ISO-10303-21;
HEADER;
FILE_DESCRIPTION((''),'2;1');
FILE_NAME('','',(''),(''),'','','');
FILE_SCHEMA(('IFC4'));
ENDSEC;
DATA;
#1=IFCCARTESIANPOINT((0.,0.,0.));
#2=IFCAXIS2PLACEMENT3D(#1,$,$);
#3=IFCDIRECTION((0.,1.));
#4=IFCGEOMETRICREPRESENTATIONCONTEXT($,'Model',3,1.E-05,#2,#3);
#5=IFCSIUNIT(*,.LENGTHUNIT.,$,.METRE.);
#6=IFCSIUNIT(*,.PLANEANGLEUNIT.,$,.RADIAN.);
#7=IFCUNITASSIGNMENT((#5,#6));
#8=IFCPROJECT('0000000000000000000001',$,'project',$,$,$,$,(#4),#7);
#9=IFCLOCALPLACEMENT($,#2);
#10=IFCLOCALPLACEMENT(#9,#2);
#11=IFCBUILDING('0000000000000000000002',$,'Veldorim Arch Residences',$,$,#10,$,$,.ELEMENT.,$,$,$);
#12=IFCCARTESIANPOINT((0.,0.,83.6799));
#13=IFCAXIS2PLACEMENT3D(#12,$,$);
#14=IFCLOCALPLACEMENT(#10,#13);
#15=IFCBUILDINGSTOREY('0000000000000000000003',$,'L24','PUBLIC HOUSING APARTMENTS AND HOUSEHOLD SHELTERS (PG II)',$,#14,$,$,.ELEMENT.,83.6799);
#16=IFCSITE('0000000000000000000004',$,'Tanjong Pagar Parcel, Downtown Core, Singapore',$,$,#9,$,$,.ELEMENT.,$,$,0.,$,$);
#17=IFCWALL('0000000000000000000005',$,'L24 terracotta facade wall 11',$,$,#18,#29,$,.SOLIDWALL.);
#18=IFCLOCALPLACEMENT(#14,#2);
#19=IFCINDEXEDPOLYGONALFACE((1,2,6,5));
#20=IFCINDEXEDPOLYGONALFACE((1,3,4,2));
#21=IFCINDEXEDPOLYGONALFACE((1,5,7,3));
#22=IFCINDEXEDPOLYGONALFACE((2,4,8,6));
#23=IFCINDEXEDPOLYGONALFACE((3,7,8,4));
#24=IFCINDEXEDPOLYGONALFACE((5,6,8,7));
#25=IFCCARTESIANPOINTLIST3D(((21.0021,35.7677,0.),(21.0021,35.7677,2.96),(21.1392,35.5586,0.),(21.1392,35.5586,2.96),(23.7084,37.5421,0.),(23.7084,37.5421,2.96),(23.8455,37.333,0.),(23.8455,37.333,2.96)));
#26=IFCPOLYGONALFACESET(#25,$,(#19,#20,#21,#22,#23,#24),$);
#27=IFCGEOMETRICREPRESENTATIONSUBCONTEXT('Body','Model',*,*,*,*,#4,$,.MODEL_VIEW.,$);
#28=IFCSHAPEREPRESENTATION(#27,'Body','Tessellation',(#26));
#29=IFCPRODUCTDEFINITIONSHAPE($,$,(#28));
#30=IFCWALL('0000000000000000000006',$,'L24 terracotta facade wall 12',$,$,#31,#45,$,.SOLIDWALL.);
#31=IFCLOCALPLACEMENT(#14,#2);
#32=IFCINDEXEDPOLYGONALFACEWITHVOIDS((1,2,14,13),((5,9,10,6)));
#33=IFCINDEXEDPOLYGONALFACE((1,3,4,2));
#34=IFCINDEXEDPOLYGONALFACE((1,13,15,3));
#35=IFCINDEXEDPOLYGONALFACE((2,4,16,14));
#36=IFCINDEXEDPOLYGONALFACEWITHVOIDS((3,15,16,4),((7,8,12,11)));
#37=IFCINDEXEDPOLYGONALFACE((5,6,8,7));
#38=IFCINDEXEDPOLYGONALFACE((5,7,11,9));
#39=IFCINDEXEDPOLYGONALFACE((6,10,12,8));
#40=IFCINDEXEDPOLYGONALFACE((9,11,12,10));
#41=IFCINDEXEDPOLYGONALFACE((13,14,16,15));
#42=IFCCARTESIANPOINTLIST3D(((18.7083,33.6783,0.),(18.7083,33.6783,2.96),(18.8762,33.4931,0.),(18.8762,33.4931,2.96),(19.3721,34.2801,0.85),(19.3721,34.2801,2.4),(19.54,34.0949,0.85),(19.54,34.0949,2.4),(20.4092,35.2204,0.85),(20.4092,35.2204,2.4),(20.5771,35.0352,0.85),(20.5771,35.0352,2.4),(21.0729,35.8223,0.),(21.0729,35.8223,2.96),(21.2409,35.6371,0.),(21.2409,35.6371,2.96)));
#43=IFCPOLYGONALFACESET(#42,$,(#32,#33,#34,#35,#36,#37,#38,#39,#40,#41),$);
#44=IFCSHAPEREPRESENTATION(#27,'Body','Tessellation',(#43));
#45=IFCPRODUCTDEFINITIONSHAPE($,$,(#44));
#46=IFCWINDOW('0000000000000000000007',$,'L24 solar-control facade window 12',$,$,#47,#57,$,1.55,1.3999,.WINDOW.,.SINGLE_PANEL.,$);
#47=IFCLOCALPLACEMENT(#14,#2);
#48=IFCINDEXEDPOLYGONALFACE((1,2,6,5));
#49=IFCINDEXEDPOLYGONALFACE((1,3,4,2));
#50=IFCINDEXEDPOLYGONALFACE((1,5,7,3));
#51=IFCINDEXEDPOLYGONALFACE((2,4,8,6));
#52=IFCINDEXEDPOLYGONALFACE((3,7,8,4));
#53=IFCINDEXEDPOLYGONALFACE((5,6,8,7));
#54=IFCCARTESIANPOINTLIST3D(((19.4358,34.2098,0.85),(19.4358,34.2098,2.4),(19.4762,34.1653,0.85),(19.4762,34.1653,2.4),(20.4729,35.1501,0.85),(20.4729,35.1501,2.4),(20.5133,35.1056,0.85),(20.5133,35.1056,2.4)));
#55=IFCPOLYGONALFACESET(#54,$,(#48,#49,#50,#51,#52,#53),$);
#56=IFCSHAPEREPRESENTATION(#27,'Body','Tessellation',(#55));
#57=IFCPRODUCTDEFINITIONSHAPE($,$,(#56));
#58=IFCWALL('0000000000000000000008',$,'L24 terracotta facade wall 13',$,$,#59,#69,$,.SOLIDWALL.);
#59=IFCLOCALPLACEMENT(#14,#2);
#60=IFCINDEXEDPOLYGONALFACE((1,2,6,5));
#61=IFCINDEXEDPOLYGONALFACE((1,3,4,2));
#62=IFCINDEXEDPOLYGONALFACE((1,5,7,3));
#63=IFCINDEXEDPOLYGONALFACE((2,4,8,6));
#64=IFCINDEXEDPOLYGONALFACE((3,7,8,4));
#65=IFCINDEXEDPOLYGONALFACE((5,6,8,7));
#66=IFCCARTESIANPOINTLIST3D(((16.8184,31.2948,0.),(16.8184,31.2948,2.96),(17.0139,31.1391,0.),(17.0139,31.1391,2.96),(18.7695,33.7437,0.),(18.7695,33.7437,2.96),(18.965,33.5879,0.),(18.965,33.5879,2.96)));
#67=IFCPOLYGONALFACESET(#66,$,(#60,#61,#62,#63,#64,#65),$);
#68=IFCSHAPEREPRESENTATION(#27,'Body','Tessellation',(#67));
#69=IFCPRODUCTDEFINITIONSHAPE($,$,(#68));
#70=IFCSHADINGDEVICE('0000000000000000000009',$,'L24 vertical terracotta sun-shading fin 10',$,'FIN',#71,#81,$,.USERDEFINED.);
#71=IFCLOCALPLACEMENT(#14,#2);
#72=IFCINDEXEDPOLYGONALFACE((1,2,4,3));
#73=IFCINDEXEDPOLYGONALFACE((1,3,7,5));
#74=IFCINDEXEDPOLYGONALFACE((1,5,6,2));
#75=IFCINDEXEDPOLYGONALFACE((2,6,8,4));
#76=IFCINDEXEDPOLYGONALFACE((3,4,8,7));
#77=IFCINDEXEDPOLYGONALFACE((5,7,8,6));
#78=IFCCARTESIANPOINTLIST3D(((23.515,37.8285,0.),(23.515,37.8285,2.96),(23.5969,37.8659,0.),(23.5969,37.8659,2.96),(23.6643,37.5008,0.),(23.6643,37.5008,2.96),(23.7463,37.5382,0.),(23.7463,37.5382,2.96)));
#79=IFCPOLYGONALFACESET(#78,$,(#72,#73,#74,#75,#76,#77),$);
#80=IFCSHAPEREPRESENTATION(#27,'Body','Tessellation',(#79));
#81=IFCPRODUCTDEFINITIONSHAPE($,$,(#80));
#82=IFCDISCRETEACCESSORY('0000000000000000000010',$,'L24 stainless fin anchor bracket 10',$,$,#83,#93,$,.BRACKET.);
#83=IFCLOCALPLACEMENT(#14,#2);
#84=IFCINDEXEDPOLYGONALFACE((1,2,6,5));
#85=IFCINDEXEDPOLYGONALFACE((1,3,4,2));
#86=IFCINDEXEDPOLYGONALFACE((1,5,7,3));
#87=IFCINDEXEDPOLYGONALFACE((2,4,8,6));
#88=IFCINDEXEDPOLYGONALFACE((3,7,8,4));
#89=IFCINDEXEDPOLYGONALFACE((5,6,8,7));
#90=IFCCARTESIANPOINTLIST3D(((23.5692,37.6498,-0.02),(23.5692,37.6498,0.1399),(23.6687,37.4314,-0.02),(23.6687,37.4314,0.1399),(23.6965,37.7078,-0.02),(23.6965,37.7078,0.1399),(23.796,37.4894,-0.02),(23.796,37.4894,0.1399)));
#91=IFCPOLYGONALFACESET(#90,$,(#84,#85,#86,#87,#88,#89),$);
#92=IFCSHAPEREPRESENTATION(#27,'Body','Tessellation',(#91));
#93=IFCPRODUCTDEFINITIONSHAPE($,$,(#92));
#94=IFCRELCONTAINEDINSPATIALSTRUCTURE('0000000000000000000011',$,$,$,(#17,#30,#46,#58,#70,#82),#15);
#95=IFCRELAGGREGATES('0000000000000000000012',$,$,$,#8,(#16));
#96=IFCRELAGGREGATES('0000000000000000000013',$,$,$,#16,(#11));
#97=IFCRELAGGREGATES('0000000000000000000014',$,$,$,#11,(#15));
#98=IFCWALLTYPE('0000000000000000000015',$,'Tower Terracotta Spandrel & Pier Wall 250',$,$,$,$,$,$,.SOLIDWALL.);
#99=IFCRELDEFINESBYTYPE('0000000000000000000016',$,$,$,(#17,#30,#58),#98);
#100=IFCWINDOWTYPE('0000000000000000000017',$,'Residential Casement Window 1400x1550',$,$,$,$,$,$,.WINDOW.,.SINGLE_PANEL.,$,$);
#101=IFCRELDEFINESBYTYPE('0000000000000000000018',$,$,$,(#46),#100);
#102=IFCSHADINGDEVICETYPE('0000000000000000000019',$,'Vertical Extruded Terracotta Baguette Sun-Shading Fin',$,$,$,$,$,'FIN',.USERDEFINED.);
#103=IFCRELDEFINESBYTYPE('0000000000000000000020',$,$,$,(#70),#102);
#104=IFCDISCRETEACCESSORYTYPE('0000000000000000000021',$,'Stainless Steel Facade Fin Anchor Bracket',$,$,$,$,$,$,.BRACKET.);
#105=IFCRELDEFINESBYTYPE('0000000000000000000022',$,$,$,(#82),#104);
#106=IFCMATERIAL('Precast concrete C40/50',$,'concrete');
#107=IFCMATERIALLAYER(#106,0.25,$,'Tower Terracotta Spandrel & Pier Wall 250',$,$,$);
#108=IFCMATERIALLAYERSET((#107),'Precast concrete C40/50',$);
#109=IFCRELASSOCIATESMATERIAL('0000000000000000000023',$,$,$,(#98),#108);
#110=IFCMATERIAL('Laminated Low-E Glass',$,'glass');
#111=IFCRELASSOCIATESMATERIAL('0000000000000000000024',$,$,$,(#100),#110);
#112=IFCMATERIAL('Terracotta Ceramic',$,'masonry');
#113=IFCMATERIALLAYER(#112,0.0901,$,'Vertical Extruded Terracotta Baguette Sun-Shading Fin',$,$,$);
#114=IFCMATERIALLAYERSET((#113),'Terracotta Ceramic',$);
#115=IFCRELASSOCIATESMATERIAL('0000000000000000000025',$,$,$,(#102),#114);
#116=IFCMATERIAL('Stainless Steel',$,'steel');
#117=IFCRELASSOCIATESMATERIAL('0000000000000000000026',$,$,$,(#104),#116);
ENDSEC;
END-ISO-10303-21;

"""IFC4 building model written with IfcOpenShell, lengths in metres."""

from ifc_helpers import new_model, si_unit, direction, frame, frame_2d, origin, origin_2d, place, context, subcontext, project, spatial, rectangle, extrude, material, layer, layer_set, type_object, element, fill, save


model = new_model("IFC4")

# Units and contexts
model_context = context("Model", 3, precision=1e-05, world=origin(), true_north=direction((0.0, 1.0)))
body_context = subcontext(model_context, "Body", "Model", "MODEL_VIEW")
ifc_project = project(units=[si_unit("LENGTHUNIT", "METRE"), si_unit("PLANEANGLEUNIT", "RADIAN")], contexts=[model_context])

# Site, building, storey
site_placement = place(None, origin())
site = spatial("IfcSite", under=ifc_project, at=site_placement, Name="Tanjong Pagar Parcel, Downtown Core, Singapore", CompositionType="ELEMENT", RefElevation=0.0)
building_placement = place(site_placement, origin())
building = spatial("IfcBuilding", under=site, at=building_placement, Name="Veldorim Arch Residences", CompositionType="ELEMENT")
storey_placement = place(building_placement, frame((0.0, 0.0, 83.6799)))
storey = spatial("IfcBuildingStorey", under=building, at=storey_placement, Name="L24", Description="PUBLIC HOUSING APARTMENTS AND HOUSEHOLD SHELTERS (PG II)", CompositionType="ELEMENT", Elevation=83.6799)

# Wall
ifc_material_1 = material(Name="Precast concrete C40/50", Category="concrete")
ifc_layer_1 = layer(ifc_material_1, 0.25, Name="Tower Terracotta Spandrel & Pier Wall 250")
ifc_layer_set_1 = layer_set([ifc_layer_1], Name="Precast concrete C40/50")
wall_type_1 = type_object("IfcWallType", Name="Tower Terracotta Spandrel & Pier Wall 250", PredefinedType="SOLIDWALL", material=ifc_layer_set_1)
wall_1_placement = place(storey_placement, frame((21.0706, 35.6631, 0.0), z_axis=(0.0, 0.0, 1.0), x_axis=(0.836274, 0.548312, 0.0)))
element("IfcWall", 1, at=wall_1_placement, inside=storey, type_object=wall_type_1, Name="L24 terracotta facade wall 11", PredefinedType="SOLIDWALL", context=body_context, shape_type="SweptSolid", body=[
    extrude(rectangle(XDim=3.2361, YDim=0.25, at=frame_2d((1.6182, 0.0))), origin(), (0.0, 0.0, 1.0), 2.96),
])

# Wall, opening, window
wall_2_placement = place(storey_placement, frame((18.7922, 33.5857, 0.0), z_axis=(0.0, 0.0, 1.0), x_axis=(0.740832, 0.67169, 0.0)))
wall_2 = element("IfcWall", 2, at=wall_2_placement, inside=storey, type_object=wall_type_1, Name="L24 terracotta facade wall 12", PredefinedType="SOLIDWALL", context=body_context, shape_type="SweptSolid", body=[
    extrude(rectangle(XDim=3.1919, YDim=0.25, at=frame_2d((1.5959, 0.0))), origin(), (0.0, 0.0, 1.0), 2.96),
])
opening_1_placement = place(wall_2_placement, frame((0.896, 0.0, 0.8501)))
opening_1 = element("IfcOpeningElement", 3, at=opening_1_placement, cuts=wall_2, PredefinedType="OPENING", context=body_context, shape_type="SweptSolid", body=[
    extrude(rectangle(XDim=1.3999, YDim=1.55, at=frame_2d((0.7, 0.7749))), frame((0.0, 0.135, 0.0), z_axis=(0.0, -1.0, 0.0), x_axis=(1.0, 0.0, 0.0)), (0.0, 0.0, 1.0), 0.27),
])
ifc_material_2 = material(Name="Laminated Low-E Glass", Category="glass")
window_type = type_object("IfcWindowType", Name="Residential Casement Window 1400x1550", PartitioningType="SINGLE_PANEL", PredefinedType="WINDOW", material=ifc_material_2)
window_placement = place(opening_1_placement, origin())
window = element("IfcWindow", 4, at=window_placement, inside=storey, type_object=window_type, Name="L24 solar-control facade window 12", OverallHeight=1.55, OverallWidth=1.3999, PartitioningType="SINGLE_PANEL", PredefinedType="WINDOW", context=body_context, shape_type="SweptSolid", body=[
    extrude(rectangle(XDim=1.3999, YDim=1.55, at=frame_2d((0.7, 0.7749))), frame((0.0, 0.03, 0.0), z_axis=(0.0, -1.0, 0.0), x_axis=(1.0, 0.0, 0.0)), (0.0, 0.0, 1.0), 0.0601),
])
fill(opening_1, window)

# Wall
wall_3_placement = place(storey_placement, frame((16.9163, 31.217, 0.0), z_axis=(0.0, 0.0, 1.0), x_axis=(0.623134, 0.782115, 0.0)))
element("IfcWall", 5, at=wall_3_placement, inside=storey, type_object=wall_type_1, Name="L24 terracotta facade wall 13", PredefinedType="SOLIDWALL", context=body_context, shape_type="SweptSolid", body=[
    extrude(rectangle(XDim=3.1311, YDim=0.25, at=frame_2d((1.5654, 0.0))), origin(), (0.0, 0.0, 1.0), 2.96),
])

# Shading device
ifc_material_3 = material(Name="Terracotta Ceramic", Category="masonry")
ifc_layer_2 = layer(ifc_material_3, 0.0901, Name="Vertical Extruded Terracotta Baguette Sun-Shading Fin")
ifc_layer_set_2 = layer_set([ifc_layer_2], Name="Terracotta Ceramic")
shading_device_type = type_object("IfcShadingDeviceType", Name="Vertical Extruded Terracotta Baguette Sun-Shading Fin", ElementType="FIN", PredefinedType="USERDEFINED", material=ifc_layer_set_2)
shading_device_placement = place(storey_placement, frame((23.6306, 37.6833, 0.0), z_axis=(0.0, 0.0, 1.0), x_axis=(0.909961, 0.414693, 0.0)))
element("IfcShadingDevice", 6, at=shading_device_placement, inside=storey, type_object=shading_device_type, Name="L24 vertical terracotta sun-shading fin 10", ObjectType="FIN", PredefinedType="USERDEFINED", context=body_context, shape_type="SweptSolid", body=[
    extrude(rectangle(XDim=0.0901, YDim=0.3601, at=origin_2d()), origin(), (0.0, 0.0, 1.0), 2.96),
])

# Discrete accessory
ifc_material_4 = material(Name="Stainless Steel", Category="steel")
discrete_accessory_type = type_object("IfcDiscreteAccessoryType", Name="Stainless Steel Facade Fin Anchor Bracket", PredefinedType="BRACKET", material=ifc_material_4)
discrete_accessory_placement = place(storey_placement, frame((23.6826, 37.5696, -0.02), z_axis=(0.0, 0.0, 1.0), x_axis=(0.909961, 0.414693, 0.0)))
element("IfcDiscreteAccessory", 7, at=discrete_accessory_placement, inside=storey, type_object=discrete_accessory_type, Name="L24 stainless fin anchor bracket 10", PredefinedType="BRACKET", context=body_context, shape_type="SweptSolid", body=[
    extrude(rectangle(XDim=0.1399, YDim=0.24, at=origin_2d()), origin(), (0.0, 0.0, 1.0), 0.1599),
])

save(model, "model.ifc")
